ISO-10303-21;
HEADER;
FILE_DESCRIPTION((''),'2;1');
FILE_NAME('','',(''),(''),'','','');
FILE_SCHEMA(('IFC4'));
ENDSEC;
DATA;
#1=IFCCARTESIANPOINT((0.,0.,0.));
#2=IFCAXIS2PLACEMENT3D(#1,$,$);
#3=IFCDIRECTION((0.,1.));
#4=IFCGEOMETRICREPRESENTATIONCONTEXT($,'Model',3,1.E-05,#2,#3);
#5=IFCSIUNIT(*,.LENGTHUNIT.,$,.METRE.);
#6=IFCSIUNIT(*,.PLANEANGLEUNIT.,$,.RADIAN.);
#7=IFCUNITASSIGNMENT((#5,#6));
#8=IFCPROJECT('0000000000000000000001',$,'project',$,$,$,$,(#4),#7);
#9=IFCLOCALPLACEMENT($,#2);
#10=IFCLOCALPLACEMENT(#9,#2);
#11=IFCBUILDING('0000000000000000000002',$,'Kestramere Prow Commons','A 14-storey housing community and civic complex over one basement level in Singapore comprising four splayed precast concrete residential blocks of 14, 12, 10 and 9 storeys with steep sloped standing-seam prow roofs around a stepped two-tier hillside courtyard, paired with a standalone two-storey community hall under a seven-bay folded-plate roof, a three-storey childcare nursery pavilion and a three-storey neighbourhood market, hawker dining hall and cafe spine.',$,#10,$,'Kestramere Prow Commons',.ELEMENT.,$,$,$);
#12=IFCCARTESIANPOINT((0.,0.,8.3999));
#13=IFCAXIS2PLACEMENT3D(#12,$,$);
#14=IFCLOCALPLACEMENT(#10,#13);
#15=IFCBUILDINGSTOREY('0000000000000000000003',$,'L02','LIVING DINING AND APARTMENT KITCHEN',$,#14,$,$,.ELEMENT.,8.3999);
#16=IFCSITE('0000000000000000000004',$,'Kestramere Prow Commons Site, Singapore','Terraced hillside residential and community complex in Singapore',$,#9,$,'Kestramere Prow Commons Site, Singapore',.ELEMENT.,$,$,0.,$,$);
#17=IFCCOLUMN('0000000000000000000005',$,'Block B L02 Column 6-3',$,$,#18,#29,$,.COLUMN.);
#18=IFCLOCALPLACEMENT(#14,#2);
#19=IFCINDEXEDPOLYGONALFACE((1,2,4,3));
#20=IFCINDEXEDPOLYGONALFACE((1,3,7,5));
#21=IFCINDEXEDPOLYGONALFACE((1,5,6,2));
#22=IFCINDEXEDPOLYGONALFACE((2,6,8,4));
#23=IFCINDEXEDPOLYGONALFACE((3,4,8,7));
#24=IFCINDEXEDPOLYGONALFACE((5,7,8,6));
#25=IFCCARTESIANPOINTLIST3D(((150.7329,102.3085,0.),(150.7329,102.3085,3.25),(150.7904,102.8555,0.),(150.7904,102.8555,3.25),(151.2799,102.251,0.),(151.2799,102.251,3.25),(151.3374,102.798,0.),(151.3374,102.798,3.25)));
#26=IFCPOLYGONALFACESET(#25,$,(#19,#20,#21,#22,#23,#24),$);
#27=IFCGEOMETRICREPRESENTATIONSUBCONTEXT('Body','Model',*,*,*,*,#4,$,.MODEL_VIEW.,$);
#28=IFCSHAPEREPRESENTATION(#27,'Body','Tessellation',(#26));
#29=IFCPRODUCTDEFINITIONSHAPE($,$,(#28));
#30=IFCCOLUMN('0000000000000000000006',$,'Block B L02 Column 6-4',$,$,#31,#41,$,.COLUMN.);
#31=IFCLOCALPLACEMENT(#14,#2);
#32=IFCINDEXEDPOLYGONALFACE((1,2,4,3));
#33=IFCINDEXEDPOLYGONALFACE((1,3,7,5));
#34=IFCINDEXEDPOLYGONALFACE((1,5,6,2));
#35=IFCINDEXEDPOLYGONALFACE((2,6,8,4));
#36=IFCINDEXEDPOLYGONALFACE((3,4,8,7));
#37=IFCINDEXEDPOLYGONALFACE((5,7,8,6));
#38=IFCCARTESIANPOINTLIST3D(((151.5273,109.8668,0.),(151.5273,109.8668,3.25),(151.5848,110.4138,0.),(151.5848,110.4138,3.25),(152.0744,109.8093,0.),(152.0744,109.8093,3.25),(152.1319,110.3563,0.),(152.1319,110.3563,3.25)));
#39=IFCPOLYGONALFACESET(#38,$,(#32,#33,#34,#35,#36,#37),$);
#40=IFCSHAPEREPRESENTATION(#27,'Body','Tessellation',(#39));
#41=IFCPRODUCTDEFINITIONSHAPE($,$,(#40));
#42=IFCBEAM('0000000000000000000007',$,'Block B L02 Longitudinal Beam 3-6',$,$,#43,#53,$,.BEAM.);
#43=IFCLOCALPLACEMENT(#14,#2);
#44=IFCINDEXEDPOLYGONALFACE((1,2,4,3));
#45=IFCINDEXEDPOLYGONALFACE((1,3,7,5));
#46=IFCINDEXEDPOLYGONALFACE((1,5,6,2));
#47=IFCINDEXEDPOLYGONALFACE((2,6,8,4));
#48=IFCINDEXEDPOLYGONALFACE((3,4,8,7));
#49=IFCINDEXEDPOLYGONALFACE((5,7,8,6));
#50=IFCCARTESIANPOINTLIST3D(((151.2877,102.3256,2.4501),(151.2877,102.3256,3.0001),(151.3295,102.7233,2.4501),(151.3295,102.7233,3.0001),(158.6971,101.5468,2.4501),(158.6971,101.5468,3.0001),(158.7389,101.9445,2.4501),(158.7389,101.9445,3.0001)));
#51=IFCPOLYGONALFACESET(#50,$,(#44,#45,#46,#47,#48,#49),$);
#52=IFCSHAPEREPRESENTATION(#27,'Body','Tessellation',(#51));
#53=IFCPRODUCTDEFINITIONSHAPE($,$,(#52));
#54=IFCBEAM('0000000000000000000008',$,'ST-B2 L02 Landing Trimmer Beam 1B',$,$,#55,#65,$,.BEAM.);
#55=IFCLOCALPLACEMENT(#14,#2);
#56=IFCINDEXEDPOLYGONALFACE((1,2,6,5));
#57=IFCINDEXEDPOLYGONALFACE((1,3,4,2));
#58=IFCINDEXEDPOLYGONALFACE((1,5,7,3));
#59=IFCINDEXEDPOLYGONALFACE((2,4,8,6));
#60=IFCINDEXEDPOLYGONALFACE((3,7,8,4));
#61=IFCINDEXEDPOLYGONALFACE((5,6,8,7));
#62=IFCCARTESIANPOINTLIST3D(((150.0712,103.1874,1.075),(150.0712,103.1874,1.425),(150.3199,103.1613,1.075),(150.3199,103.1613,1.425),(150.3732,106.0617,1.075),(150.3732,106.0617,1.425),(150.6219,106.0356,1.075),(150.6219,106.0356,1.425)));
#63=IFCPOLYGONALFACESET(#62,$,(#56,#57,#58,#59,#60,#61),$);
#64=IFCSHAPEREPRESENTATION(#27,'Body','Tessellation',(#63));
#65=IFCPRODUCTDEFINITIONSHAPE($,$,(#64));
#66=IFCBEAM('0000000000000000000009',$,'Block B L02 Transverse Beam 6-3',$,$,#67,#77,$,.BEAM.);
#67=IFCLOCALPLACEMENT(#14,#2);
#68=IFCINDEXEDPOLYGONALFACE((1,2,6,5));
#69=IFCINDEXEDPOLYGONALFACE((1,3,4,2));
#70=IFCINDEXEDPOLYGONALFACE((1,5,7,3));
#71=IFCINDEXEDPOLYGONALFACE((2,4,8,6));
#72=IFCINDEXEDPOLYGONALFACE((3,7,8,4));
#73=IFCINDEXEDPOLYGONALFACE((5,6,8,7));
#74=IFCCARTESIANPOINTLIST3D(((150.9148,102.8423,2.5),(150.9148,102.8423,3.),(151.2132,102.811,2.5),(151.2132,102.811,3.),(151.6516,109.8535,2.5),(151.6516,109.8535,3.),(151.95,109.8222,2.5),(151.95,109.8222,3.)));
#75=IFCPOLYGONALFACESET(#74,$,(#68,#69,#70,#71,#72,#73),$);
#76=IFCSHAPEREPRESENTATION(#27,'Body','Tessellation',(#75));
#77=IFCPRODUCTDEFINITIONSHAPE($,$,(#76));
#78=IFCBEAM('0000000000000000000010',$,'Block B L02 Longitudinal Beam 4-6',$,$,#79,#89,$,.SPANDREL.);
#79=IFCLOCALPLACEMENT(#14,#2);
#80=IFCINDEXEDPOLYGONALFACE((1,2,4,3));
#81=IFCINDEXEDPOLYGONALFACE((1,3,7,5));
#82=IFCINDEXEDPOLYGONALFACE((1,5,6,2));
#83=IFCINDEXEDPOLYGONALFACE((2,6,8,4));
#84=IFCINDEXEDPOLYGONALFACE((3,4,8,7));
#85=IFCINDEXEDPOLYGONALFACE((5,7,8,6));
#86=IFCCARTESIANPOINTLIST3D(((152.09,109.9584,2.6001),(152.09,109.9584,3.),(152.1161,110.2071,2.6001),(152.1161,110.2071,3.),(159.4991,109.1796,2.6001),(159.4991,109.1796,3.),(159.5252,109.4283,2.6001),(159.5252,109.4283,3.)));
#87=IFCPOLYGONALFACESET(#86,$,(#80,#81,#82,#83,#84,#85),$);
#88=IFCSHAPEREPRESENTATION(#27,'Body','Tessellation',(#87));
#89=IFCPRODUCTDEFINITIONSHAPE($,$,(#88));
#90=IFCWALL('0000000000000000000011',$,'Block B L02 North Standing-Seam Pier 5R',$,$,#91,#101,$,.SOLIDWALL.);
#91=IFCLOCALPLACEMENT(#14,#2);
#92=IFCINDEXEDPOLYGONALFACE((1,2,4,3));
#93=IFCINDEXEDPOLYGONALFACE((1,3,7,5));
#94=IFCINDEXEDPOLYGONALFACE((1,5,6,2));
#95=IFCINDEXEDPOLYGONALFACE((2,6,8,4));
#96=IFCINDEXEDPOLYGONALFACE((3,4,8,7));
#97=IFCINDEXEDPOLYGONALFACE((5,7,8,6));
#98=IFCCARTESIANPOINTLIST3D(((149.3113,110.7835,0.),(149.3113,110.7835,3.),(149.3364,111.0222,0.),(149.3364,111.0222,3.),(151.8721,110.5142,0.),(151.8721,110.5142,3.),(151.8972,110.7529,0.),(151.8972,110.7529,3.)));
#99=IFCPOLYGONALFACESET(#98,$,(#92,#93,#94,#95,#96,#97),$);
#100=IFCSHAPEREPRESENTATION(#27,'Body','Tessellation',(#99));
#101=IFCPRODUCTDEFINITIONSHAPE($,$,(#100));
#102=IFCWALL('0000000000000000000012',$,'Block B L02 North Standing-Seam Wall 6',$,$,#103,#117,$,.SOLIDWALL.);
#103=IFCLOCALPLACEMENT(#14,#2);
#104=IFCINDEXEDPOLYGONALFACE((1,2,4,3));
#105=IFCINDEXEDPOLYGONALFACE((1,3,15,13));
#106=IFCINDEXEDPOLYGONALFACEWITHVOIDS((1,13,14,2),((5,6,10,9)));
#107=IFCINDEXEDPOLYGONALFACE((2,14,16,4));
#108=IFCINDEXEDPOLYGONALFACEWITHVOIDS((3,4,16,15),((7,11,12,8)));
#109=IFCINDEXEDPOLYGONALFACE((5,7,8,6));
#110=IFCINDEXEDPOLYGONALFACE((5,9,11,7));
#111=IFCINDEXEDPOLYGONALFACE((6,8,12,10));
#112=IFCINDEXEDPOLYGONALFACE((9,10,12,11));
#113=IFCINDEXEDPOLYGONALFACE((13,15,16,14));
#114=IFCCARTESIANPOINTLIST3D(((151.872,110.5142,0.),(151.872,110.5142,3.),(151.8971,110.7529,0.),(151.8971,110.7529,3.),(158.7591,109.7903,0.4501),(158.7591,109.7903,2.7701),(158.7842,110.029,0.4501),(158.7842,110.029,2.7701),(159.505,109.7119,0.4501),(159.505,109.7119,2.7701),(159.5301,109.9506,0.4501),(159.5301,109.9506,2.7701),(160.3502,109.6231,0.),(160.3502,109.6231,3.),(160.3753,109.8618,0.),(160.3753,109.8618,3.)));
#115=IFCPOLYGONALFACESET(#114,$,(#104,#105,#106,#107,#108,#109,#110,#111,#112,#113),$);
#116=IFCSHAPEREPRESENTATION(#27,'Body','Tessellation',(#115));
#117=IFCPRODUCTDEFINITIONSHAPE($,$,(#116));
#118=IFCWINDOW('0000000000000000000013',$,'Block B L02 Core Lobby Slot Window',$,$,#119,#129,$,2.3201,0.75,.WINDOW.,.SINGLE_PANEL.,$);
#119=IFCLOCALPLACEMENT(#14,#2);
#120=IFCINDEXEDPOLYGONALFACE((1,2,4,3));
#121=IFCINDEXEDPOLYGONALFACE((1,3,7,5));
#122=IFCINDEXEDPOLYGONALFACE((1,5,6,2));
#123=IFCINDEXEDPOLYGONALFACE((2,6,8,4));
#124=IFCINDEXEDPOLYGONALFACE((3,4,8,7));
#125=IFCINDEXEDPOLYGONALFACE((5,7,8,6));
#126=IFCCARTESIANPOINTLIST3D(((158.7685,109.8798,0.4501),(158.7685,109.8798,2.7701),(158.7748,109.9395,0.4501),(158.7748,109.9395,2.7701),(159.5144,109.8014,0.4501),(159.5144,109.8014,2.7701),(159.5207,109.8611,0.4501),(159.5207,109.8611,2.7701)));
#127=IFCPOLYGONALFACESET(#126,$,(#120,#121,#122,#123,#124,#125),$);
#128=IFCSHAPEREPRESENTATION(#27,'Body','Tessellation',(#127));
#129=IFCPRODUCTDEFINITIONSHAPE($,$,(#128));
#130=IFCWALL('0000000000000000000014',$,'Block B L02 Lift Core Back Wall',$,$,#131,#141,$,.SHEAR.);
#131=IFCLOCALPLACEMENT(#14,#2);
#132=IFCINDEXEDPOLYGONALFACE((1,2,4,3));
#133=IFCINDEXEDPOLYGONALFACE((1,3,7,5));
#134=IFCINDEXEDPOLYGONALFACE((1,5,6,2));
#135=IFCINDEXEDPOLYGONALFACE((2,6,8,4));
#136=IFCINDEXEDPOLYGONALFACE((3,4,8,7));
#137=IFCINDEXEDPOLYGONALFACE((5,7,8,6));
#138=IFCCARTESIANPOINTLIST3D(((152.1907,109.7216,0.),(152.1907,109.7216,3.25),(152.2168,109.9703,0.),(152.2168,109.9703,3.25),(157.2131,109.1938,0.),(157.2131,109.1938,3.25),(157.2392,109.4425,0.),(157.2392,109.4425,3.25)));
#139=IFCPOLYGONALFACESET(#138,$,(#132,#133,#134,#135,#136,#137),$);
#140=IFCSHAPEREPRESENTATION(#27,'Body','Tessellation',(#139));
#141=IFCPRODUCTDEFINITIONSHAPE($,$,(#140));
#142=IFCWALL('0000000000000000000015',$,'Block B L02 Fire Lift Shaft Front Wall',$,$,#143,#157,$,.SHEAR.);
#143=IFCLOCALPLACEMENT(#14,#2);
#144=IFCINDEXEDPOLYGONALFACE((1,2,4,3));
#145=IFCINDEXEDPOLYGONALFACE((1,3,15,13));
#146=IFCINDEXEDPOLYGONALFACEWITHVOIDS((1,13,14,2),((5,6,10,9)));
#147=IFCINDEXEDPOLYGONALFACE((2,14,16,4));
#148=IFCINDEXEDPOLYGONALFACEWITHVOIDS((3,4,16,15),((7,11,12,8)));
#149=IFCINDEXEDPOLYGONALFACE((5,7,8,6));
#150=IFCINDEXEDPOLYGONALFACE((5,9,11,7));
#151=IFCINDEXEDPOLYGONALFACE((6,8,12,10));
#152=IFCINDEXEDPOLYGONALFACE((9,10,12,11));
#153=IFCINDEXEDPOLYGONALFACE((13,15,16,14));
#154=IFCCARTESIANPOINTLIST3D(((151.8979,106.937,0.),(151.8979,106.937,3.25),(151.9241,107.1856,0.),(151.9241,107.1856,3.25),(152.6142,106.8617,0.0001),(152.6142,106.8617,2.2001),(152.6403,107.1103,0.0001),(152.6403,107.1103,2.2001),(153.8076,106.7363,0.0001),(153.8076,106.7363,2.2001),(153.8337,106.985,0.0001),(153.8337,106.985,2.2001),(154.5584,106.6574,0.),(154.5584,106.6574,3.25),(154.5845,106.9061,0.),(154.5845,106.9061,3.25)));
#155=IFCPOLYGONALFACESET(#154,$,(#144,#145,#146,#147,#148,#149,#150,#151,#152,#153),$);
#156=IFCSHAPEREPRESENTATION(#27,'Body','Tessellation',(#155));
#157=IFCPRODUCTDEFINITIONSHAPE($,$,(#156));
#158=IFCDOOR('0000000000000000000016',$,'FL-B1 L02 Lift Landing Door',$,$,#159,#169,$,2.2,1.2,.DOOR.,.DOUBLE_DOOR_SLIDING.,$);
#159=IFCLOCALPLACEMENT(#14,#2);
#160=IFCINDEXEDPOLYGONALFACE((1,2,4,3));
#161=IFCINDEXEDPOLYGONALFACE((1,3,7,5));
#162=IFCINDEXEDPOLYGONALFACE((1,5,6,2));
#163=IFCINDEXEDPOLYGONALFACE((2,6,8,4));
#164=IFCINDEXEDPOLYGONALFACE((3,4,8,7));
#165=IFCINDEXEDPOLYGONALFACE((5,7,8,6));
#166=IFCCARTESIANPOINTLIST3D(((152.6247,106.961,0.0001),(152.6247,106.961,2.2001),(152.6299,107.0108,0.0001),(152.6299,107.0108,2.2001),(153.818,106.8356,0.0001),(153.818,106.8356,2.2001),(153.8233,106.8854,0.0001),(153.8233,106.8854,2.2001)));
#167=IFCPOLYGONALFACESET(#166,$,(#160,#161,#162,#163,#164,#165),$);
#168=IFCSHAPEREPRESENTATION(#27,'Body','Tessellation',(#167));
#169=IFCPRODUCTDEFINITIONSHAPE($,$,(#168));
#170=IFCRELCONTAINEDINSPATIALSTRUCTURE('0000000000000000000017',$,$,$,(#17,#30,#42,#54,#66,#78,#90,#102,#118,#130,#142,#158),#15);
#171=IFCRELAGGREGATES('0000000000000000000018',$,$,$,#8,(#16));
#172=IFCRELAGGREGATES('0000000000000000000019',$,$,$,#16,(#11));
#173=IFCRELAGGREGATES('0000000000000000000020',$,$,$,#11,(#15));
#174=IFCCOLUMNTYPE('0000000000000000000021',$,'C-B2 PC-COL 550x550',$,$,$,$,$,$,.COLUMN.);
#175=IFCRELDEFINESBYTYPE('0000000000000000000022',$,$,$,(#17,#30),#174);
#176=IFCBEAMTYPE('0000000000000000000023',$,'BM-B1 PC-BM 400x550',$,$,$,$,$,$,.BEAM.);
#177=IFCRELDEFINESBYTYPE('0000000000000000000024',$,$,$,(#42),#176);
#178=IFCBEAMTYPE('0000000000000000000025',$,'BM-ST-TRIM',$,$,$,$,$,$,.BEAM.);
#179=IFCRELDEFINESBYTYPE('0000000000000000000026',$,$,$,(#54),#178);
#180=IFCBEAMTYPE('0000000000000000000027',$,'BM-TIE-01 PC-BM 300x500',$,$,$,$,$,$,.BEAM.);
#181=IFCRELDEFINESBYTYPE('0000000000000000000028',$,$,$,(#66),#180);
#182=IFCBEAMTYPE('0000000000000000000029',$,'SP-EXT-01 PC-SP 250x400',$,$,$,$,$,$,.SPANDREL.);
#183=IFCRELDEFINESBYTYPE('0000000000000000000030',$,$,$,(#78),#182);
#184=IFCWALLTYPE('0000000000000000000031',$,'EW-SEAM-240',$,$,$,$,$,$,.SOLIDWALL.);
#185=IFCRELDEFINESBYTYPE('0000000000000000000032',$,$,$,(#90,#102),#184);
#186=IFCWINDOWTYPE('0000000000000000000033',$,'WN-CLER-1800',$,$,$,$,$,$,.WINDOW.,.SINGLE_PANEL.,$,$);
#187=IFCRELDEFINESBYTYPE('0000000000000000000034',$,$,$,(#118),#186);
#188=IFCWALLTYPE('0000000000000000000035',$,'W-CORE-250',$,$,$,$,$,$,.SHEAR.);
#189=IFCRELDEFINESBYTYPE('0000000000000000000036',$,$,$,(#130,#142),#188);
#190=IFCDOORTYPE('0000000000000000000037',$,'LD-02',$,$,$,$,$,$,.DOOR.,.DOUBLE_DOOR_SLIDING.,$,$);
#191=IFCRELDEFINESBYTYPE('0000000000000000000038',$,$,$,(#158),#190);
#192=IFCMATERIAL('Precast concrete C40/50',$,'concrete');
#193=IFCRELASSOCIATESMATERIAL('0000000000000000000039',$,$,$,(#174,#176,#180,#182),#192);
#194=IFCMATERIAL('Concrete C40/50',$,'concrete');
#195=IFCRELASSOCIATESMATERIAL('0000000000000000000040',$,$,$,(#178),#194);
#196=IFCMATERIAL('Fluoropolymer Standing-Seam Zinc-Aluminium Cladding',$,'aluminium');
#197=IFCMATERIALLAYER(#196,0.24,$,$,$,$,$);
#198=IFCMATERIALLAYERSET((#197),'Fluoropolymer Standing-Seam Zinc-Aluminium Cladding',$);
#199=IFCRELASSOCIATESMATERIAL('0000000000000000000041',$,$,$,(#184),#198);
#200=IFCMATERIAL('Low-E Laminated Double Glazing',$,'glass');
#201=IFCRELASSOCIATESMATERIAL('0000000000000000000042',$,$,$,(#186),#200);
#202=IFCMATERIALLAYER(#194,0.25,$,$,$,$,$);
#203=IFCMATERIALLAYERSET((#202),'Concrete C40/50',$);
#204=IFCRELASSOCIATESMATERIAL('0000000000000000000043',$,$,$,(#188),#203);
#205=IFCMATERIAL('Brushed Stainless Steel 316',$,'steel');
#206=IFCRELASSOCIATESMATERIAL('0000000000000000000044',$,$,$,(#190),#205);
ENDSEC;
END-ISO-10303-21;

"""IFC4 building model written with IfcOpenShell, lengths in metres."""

from ifc_helpers import new_model, si_unit, direction, frame, frame_2d, origin, origin_2d, place, context, subcontext, project, spatial, rectangle, extrude, material, layer, layer_set, material_profile, profile_set, type_object, element, fill, save


model = new_model("IFC4")

# Units and contexts
model_context = context("Model", 3, precision=1e-05, world=origin(), true_north=direction((0.0, 1.0)))
body_context = subcontext(model_context, "Body", "Model", "MODEL_VIEW")
ifc_project = project(units=[si_unit("LENGTHUNIT", "METRE"), si_unit("PLANEANGLEUNIT", "RADIAN")], contexts=[model_context])

# Site, building, storey
site_placement = place(None, origin())
site = spatial("IfcSite", under=ifc_project, at=site_placement, Name="Kestramere Prow Commons Site, Singapore", Description="Terraced hillside residential and community complex in Singapore", LongName="Kestramere Prow Commons Site, Singapore", CompositionType="ELEMENT", RefElevation=0.0)
building_placement = place(site_placement, origin())
building = spatial("IfcBuilding", under=site, at=building_placement, Name="Kestramere Prow Commons", Description="A 14-storey housing community and civic complex over one basement level in Singapore comprising four splayed precast concrete residential blocks of 14, 12, 10 and 9 storeys with steep sloped standing-seam prow roofs around a stepped two-tier hillside courtyard, paired with a standalone two-storey community hall under a seven-bay folded-plate roof, a three-storey childcare nursery pavilion and a three-storey neighbourhood market, hawker dining hall and cafe spine.", LongName="Kestramere Prow Commons", CompositionType="ELEMENT")
storey_placement = place(building_placement, frame((0.0, 0.0, 8.3999)))
storey = spatial("IfcBuildingStorey", under=building, at=storey_placement, Name="L02", Description="LIVING DINING AND APARTMENT KITCHEN", CompositionType="ELEMENT", Elevation=8.3999)

# Columns
ifc_material_1 = material(Name="Precast concrete C40/50", Category="concrete")
ifc_material_profile_1 = material_profile(ifc_material_1, rectangle(XDim=0.55, YDim=0.55, at=origin_2d()), Name="PC-COL 550x550")
ifc_profile_set_1 = profile_set([ifc_material_profile_1], Name="Precast concrete C40/50")
column_type = type_object("IfcColumnType", Name="C-B2 PC-COL 550x550", PredefinedType="COLUMN", material=ifc_profile_set_1)
for number, where, z_axis, x_axis, name in (
    (1, (151.0352, 102.5532, 0.0), (0.0, 0.0, 1.0), (0.994522, -0.104528, 0.0), "Block B L02 Column 6-3"),
    (2, (151.8296, 110.1116, 0.0), (0.0, 0.0, 1.0), (0.994522, -0.104528, 0.0), "Block B L02 Column 6-4"),
):
    element("IfcColumn", number, at=place(storey_placement, frame(where, z_axis=z_axis, x_axis=x_axis)), inside=storey, type_object=column_type, Name=name, PredefinedType="COLUMN", context=body_context, shape_type="SweptSolid", body=[
        extrude(rectangle(XDim=0.55, YDim=0.55, at=origin_2d()), origin(), (0.0, 0.0, 1.0), 3.25),
    ])

# Beams
ifc_material_profile_2 = material_profile(ifc_material_1, rectangle(XDim=0.3999, YDim=0.55, at=origin_2d()), Name="PC-BM 400x550")
ifc_profile_set_2 = profile_set([ifc_material_profile_2], Name="Precast concrete C40/50")
beam_type_1 = type_object("IfcBeamType", Name="BM-B1 PC-BM 400x550", PredefinedType="BEAM", material=ifc_profile_set_2)
beam_1_placement = place(storey_placement, frame((151.3086, 102.5244, 2.7251), z_axis=(0.994521, -0.104535, 0.0), x_axis=(0.104535, 0.994521, 0.0)))
element("IfcBeam", 3, at=beam_1_placement, inside=storey, type_object=beam_type_1, Name="Block B L02 Longitudinal Beam 3-6", PredefinedType="BEAM", context=body_context, shape_type="SweptSolid", body=[
    extrude(rectangle(XDim=0.3999, YDim=0.55, at=origin_2d()), origin(), (0.0, 0.0, 1.0), 7.4502),
])
ifc_material_2 = material(Name="Concrete C40/50", Category="concrete")
ifc_material_profile_3 = material_profile(ifc_material_2, rectangle(XDim=0.25, YDim=0.3501, at=origin_2d()), Name="PC-BM 250x350")
ifc_profile_set_3 = profile_set([ifc_material_profile_3], Name="Concrete C40/50")
beam_type_2 = type_object("IfcBeamType", Name="BM-ST-TRIM", PredefinedType="BEAM", material=ifc_profile_set_3)
beam_2_placement = place(storey_placement, frame((150.1956, 103.1743, 1.25), z_axis=(0.104496, 0.994525, 0.0), x_axis=(-0.994525, 0.104496, 0.0)))
element("IfcBeam", 4, at=beam_2_placement, inside=storey, type_object=beam_type_2, Name="ST-B2 L02 Landing Trimmer Beam 1B", PredefinedType="BEAM", context=body_context, shape_type="SweptSolid", body=[
    extrude(rectangle(XDim=0.25, YDim=0.3501, at=origin_2d()), origin(), (0.0, 0.0, 1.0), 2.8901),
])
ifc_material_profile_4 = material_profile(ifc_material_1, rectangle(XDim=0.3, YDim=0.5, at=origin_2d()), Name="PC-BM 300x500")
ifc_profile_set_4 = profile_set([ifc_material_profile_4], Name="Precast concrete C40/50")
beam_type_3 = type_object("IfcBeamType", Name="BM-TIE-01 PC-BM 300x500", PredefinedType="BEAM", material=ifc_profile_set_4)
beam_3_placement = place(storey_placement, frame((151.064, 102.8267, 2.75), z_axis=(0.104515, 0.994523, 0.0), x_axis=(-0.994523, 0.104515, 0.0)))
element("IfcBeam", 5, at=beam_3_placement, inside=storey, type_object=beam_type_3, Name="Block B L02 Transverse Beam 6-3", PredefinedType="BEAM", context=body_context, shape_type="SweptSolid", body=[
    extrude(rectangle(XDim=0.3, YDim=0.5, at=origin_2d()), origin(), (0.0, 0.0, 1.0), 7.0498),
])
ifc_material_profile_5 = material_profile(ifc_material_1, rectangle(XDim=0.25, YDim=0.3999, at=origin_2d()), Name="PC-SP 250x400")
ifc_profile_set_5 = profile_set([ifc_material_profile_5], Name="Precast concrete C40/50")
beam_type_4 = type_object("IfcBeamType", Name="SP-EXT-01 PC-SP 250x400", PredefinedType="SPANDREL", material=ifc_profile_set_5)
beam_4_placement = place(storey_placement, frame((152.103, 110.0828, 2.8), z_axis=(0.994521, -0.104538, 0.0), x_axis=(0.104538, 0.994521, 0.0)))
element("IfcBeam", 6, at=beam_4_placement, inside=storey, type_object=beam_type_4, Name="Block B L02 Longitudinal Beam 4-6", PredefinedType="SPANDREL", context=body_context, shape_type="SweptSolid", body=[
    extrude(rectangle(XDim=0.25, YDim=0.3999, at=origin_2d()), origin(), (0.0, 0.0, 1.0), 7.45),
])

# Wall
ifc_material_3 = material(Name="Fluoropolymer Standing-Seam Zinc-Aluminium Cladding", Category="aluminium")
ifc_layer_1 = layer(ifc_material_3, 0.24)
ifc_layer_set_1 = layer_set([ifc_layer_1], Name="Fluoropolymer Standing-Seam Zinc-Aluminium Cladding")
wall_type_1 = type_object("IfcWallType", Name="EW-SEAM-240", PredefinedType="SOLIDWALL", material=ifc_layer_set_1)
wall_1_placement = place(storey_placement, frame((149.3237, 110.9028, 0.0), z_axis=(0.0, 0.0, 1.0), x_axis=(0.994516, -0.104581, 0.0)))
element("IfcWall", 7, at=wall_1_placement, inside=storey, type_object=wall_type_1, Name="Block B L02 North Standing-Seam Pier 5R", PredefinedType="SOLIDWALL", context=body_context, shape_type="SweptSolid", body=[
    extrude(rectangle(XDim=2.575, YDim=0.24, at=frame_2d((1.2876, 0.0))), origin(), (0.0, 0.0, 1.0), 3.0),
])

# Wall, opening, window
wall_2_placement = place(storey_placement, frame((151.8845, 110.6335, 0.0), z_axis=(0.0, 0.0, 1.0), x_axis=(0.994522, -0.10453, 0.0)))
wall_2 = element("IfcWall", 8, at=wall_2_placement, inside=storey, type_object=wall_type_1, Name="Block B L02 North Standing-Seam Wall 6", PredefinedType="SOLIDWALL", context=body_context, shape_type="SweptSolid", body=[
    extrude(rectangle(XDim=8.5249, YDim=0.24, at=frame_2d((4.2625, 0.0))), origin(), (0.0, 0.0, 1.0), 3.0),
])
opening_1_placement = place(wall_2_placement, frame((6.925, 0.0, 0.45)))
opening_1 = element("IfcOpeningElement", 9, at=opening_1_placement, cuts=wall_2, PredefinedType="OPENING", context=body_context, shape_type="SweptSolid", body=[
    extrude(rectangle(XDim=0.75, YDim=2.3201, at=frame_2d((0.375, 1.1602))), frame((0.0, 0.135, 0.0), z_axis=(0.0, -1.0, 0.0), x_axis=(1.0, 0.0, 0.0)), (0.0, 0.0, 1.0), 0.27),
])
ifc_material_4 = material(Name="Low-E Laminated Double Glazing", Category="glass")
window_type = type_object("IfcWindowType", Name="WN-CLER-1800", PartitioningType="SINGLE_PANEL", PredefinedType="WINDOW", material=ifc_material_4)
window_placement = place(opening_1_placement, origin())
window = element("IfcWindow", 10, at=window_placement, inside=storey, type_object=window_type, Name="Block B L02 Core Lobby Slot Window", OverallHeight=2.3201, OverallWidth=0.75, PartitioningType="SINGLE_PANEL", PredefinedType="WINDOW", context=body_context, shape_type="SweptSolid", body=[
    extrude(rectangle(XDim=0.75, YDim=2.3201, at=frame_2d((0.375, 1.1602))), frame((0.0, 0.03, 0.0), z_axis=(0.0, -1.0, 0.0), x_axis=(1.0, 0.0, 0.0)), (0.0, 0.0, 1.0), 0.0601),
])
fill(opening_1, window)

# Wall
ifc_layer_2 = layer(ifc_material_2, 0.25)
ifc_layer_set_2 = layer_set([ifc_layer_2], Name="Concrete C40/50")
wall_type_2 = type_object("IfcWallType", Name="W-CORE-250", PredefinedType="SHEAR", material=ifc_layer_set_2)
wall_3_placement = place(storey_placement, frame((152.2039, 109.8459, 0.0), z_axis=(0.0, 0.0, 1.0), x_axis=(0.994523, -0.104519, 0.0)))
element("IfcWall", 11, at=wall_3_placement, inside=storey, type_object=wall_type_2, Name="Block B L02 Lift Core Back Wall", PredefinedType="SHEAR", context=body_context, shape_type="SweptSolid", body=[
    extrude(rectangle(XDim=5.05, YDim=0.25, at=frame_2d((2.5249, 0.0))), origin(), (0.0, 0.0, 1.0), 3.25),
])

# Wall, opening, door
wall_4_placement = place(storey_placement, frame((151.9111, 107.0613, 0.0), z_axis=(0.0, 0.0, 1.0), x_axis=(0.994525, -0.1045, 0.0)))
wall_4 = element("IfcWall", 12, at=wall_4_placement, inside=storey, type_object=wall_type_2, Name="Block B L02 Fire Lift Shaft Front Wall", PredefinedType="SHEAR", context=body_context, shape_type="SweptSolid", body=[
    extrude(rectangle(XDim=2.675, YDim=0.25, at=frame_2d((1.3374, 0.0))), origin(), (0.0, 0.0, 1.0), 3.25),
])
opening_2_placement = place(wall_4_placement, frame((0.72, 0.0, 0.0)))
opening_2 = element("IfcOpeningElement", 13, at=opening_2_placement, cuts=wall_4, PredefinedType="OPENING", context=body_context, shape_type="SweptSolid", body=[
    extrude(rectangle(XDim=1.2, YDim=2.2, at=frame_2d((0.6001, 1.1001))), frame((0.0, 0.1399, 0.0), z_axis=(0.0, -1.0, 0.0), x_axis=(1.0, 0.0, 0.0)), (0.0, 0.0, 1.0), 0.28),
])
ifc_material_5 = material(Name="Brushed Stainless Steel 316", Category="steel")
door_type_1 = type_object("IfcDoorType", Name="LD-02", OperationType="DOUBLE_DOOR_SLIDING", PredefinedType="DOOR", material=ifc_material_5)
door_1_placement = place(opening_2_placement, origin())
door_1 = element("IfcDoor", 14, at=door_1_placement, inside=storey, type_object=door_type_1, Name="FL-B1 L02 Lift Landing Door", OperationType="DOUBLE_DOOR_SLIDING", OverallHeight=2.2, OverallWidth=1.2, PredefinedType="DOOR", context=body_context, shape_type="SweptSolid", body=[
    extrude(rectangle(XDim=1.2, YDim=2.2, at=frame_2d((0.6001, 1.1001))), frame((0.0, 0.0249, 0.0), z_axis=(0.0, -1.0, 0.0), x_axis=(1.0, 0.0, 0.0)), (0.0, 0.0, 1.0), 0.05),
])
fill(opening_2, door_1)

save(model, "model.ifc")
